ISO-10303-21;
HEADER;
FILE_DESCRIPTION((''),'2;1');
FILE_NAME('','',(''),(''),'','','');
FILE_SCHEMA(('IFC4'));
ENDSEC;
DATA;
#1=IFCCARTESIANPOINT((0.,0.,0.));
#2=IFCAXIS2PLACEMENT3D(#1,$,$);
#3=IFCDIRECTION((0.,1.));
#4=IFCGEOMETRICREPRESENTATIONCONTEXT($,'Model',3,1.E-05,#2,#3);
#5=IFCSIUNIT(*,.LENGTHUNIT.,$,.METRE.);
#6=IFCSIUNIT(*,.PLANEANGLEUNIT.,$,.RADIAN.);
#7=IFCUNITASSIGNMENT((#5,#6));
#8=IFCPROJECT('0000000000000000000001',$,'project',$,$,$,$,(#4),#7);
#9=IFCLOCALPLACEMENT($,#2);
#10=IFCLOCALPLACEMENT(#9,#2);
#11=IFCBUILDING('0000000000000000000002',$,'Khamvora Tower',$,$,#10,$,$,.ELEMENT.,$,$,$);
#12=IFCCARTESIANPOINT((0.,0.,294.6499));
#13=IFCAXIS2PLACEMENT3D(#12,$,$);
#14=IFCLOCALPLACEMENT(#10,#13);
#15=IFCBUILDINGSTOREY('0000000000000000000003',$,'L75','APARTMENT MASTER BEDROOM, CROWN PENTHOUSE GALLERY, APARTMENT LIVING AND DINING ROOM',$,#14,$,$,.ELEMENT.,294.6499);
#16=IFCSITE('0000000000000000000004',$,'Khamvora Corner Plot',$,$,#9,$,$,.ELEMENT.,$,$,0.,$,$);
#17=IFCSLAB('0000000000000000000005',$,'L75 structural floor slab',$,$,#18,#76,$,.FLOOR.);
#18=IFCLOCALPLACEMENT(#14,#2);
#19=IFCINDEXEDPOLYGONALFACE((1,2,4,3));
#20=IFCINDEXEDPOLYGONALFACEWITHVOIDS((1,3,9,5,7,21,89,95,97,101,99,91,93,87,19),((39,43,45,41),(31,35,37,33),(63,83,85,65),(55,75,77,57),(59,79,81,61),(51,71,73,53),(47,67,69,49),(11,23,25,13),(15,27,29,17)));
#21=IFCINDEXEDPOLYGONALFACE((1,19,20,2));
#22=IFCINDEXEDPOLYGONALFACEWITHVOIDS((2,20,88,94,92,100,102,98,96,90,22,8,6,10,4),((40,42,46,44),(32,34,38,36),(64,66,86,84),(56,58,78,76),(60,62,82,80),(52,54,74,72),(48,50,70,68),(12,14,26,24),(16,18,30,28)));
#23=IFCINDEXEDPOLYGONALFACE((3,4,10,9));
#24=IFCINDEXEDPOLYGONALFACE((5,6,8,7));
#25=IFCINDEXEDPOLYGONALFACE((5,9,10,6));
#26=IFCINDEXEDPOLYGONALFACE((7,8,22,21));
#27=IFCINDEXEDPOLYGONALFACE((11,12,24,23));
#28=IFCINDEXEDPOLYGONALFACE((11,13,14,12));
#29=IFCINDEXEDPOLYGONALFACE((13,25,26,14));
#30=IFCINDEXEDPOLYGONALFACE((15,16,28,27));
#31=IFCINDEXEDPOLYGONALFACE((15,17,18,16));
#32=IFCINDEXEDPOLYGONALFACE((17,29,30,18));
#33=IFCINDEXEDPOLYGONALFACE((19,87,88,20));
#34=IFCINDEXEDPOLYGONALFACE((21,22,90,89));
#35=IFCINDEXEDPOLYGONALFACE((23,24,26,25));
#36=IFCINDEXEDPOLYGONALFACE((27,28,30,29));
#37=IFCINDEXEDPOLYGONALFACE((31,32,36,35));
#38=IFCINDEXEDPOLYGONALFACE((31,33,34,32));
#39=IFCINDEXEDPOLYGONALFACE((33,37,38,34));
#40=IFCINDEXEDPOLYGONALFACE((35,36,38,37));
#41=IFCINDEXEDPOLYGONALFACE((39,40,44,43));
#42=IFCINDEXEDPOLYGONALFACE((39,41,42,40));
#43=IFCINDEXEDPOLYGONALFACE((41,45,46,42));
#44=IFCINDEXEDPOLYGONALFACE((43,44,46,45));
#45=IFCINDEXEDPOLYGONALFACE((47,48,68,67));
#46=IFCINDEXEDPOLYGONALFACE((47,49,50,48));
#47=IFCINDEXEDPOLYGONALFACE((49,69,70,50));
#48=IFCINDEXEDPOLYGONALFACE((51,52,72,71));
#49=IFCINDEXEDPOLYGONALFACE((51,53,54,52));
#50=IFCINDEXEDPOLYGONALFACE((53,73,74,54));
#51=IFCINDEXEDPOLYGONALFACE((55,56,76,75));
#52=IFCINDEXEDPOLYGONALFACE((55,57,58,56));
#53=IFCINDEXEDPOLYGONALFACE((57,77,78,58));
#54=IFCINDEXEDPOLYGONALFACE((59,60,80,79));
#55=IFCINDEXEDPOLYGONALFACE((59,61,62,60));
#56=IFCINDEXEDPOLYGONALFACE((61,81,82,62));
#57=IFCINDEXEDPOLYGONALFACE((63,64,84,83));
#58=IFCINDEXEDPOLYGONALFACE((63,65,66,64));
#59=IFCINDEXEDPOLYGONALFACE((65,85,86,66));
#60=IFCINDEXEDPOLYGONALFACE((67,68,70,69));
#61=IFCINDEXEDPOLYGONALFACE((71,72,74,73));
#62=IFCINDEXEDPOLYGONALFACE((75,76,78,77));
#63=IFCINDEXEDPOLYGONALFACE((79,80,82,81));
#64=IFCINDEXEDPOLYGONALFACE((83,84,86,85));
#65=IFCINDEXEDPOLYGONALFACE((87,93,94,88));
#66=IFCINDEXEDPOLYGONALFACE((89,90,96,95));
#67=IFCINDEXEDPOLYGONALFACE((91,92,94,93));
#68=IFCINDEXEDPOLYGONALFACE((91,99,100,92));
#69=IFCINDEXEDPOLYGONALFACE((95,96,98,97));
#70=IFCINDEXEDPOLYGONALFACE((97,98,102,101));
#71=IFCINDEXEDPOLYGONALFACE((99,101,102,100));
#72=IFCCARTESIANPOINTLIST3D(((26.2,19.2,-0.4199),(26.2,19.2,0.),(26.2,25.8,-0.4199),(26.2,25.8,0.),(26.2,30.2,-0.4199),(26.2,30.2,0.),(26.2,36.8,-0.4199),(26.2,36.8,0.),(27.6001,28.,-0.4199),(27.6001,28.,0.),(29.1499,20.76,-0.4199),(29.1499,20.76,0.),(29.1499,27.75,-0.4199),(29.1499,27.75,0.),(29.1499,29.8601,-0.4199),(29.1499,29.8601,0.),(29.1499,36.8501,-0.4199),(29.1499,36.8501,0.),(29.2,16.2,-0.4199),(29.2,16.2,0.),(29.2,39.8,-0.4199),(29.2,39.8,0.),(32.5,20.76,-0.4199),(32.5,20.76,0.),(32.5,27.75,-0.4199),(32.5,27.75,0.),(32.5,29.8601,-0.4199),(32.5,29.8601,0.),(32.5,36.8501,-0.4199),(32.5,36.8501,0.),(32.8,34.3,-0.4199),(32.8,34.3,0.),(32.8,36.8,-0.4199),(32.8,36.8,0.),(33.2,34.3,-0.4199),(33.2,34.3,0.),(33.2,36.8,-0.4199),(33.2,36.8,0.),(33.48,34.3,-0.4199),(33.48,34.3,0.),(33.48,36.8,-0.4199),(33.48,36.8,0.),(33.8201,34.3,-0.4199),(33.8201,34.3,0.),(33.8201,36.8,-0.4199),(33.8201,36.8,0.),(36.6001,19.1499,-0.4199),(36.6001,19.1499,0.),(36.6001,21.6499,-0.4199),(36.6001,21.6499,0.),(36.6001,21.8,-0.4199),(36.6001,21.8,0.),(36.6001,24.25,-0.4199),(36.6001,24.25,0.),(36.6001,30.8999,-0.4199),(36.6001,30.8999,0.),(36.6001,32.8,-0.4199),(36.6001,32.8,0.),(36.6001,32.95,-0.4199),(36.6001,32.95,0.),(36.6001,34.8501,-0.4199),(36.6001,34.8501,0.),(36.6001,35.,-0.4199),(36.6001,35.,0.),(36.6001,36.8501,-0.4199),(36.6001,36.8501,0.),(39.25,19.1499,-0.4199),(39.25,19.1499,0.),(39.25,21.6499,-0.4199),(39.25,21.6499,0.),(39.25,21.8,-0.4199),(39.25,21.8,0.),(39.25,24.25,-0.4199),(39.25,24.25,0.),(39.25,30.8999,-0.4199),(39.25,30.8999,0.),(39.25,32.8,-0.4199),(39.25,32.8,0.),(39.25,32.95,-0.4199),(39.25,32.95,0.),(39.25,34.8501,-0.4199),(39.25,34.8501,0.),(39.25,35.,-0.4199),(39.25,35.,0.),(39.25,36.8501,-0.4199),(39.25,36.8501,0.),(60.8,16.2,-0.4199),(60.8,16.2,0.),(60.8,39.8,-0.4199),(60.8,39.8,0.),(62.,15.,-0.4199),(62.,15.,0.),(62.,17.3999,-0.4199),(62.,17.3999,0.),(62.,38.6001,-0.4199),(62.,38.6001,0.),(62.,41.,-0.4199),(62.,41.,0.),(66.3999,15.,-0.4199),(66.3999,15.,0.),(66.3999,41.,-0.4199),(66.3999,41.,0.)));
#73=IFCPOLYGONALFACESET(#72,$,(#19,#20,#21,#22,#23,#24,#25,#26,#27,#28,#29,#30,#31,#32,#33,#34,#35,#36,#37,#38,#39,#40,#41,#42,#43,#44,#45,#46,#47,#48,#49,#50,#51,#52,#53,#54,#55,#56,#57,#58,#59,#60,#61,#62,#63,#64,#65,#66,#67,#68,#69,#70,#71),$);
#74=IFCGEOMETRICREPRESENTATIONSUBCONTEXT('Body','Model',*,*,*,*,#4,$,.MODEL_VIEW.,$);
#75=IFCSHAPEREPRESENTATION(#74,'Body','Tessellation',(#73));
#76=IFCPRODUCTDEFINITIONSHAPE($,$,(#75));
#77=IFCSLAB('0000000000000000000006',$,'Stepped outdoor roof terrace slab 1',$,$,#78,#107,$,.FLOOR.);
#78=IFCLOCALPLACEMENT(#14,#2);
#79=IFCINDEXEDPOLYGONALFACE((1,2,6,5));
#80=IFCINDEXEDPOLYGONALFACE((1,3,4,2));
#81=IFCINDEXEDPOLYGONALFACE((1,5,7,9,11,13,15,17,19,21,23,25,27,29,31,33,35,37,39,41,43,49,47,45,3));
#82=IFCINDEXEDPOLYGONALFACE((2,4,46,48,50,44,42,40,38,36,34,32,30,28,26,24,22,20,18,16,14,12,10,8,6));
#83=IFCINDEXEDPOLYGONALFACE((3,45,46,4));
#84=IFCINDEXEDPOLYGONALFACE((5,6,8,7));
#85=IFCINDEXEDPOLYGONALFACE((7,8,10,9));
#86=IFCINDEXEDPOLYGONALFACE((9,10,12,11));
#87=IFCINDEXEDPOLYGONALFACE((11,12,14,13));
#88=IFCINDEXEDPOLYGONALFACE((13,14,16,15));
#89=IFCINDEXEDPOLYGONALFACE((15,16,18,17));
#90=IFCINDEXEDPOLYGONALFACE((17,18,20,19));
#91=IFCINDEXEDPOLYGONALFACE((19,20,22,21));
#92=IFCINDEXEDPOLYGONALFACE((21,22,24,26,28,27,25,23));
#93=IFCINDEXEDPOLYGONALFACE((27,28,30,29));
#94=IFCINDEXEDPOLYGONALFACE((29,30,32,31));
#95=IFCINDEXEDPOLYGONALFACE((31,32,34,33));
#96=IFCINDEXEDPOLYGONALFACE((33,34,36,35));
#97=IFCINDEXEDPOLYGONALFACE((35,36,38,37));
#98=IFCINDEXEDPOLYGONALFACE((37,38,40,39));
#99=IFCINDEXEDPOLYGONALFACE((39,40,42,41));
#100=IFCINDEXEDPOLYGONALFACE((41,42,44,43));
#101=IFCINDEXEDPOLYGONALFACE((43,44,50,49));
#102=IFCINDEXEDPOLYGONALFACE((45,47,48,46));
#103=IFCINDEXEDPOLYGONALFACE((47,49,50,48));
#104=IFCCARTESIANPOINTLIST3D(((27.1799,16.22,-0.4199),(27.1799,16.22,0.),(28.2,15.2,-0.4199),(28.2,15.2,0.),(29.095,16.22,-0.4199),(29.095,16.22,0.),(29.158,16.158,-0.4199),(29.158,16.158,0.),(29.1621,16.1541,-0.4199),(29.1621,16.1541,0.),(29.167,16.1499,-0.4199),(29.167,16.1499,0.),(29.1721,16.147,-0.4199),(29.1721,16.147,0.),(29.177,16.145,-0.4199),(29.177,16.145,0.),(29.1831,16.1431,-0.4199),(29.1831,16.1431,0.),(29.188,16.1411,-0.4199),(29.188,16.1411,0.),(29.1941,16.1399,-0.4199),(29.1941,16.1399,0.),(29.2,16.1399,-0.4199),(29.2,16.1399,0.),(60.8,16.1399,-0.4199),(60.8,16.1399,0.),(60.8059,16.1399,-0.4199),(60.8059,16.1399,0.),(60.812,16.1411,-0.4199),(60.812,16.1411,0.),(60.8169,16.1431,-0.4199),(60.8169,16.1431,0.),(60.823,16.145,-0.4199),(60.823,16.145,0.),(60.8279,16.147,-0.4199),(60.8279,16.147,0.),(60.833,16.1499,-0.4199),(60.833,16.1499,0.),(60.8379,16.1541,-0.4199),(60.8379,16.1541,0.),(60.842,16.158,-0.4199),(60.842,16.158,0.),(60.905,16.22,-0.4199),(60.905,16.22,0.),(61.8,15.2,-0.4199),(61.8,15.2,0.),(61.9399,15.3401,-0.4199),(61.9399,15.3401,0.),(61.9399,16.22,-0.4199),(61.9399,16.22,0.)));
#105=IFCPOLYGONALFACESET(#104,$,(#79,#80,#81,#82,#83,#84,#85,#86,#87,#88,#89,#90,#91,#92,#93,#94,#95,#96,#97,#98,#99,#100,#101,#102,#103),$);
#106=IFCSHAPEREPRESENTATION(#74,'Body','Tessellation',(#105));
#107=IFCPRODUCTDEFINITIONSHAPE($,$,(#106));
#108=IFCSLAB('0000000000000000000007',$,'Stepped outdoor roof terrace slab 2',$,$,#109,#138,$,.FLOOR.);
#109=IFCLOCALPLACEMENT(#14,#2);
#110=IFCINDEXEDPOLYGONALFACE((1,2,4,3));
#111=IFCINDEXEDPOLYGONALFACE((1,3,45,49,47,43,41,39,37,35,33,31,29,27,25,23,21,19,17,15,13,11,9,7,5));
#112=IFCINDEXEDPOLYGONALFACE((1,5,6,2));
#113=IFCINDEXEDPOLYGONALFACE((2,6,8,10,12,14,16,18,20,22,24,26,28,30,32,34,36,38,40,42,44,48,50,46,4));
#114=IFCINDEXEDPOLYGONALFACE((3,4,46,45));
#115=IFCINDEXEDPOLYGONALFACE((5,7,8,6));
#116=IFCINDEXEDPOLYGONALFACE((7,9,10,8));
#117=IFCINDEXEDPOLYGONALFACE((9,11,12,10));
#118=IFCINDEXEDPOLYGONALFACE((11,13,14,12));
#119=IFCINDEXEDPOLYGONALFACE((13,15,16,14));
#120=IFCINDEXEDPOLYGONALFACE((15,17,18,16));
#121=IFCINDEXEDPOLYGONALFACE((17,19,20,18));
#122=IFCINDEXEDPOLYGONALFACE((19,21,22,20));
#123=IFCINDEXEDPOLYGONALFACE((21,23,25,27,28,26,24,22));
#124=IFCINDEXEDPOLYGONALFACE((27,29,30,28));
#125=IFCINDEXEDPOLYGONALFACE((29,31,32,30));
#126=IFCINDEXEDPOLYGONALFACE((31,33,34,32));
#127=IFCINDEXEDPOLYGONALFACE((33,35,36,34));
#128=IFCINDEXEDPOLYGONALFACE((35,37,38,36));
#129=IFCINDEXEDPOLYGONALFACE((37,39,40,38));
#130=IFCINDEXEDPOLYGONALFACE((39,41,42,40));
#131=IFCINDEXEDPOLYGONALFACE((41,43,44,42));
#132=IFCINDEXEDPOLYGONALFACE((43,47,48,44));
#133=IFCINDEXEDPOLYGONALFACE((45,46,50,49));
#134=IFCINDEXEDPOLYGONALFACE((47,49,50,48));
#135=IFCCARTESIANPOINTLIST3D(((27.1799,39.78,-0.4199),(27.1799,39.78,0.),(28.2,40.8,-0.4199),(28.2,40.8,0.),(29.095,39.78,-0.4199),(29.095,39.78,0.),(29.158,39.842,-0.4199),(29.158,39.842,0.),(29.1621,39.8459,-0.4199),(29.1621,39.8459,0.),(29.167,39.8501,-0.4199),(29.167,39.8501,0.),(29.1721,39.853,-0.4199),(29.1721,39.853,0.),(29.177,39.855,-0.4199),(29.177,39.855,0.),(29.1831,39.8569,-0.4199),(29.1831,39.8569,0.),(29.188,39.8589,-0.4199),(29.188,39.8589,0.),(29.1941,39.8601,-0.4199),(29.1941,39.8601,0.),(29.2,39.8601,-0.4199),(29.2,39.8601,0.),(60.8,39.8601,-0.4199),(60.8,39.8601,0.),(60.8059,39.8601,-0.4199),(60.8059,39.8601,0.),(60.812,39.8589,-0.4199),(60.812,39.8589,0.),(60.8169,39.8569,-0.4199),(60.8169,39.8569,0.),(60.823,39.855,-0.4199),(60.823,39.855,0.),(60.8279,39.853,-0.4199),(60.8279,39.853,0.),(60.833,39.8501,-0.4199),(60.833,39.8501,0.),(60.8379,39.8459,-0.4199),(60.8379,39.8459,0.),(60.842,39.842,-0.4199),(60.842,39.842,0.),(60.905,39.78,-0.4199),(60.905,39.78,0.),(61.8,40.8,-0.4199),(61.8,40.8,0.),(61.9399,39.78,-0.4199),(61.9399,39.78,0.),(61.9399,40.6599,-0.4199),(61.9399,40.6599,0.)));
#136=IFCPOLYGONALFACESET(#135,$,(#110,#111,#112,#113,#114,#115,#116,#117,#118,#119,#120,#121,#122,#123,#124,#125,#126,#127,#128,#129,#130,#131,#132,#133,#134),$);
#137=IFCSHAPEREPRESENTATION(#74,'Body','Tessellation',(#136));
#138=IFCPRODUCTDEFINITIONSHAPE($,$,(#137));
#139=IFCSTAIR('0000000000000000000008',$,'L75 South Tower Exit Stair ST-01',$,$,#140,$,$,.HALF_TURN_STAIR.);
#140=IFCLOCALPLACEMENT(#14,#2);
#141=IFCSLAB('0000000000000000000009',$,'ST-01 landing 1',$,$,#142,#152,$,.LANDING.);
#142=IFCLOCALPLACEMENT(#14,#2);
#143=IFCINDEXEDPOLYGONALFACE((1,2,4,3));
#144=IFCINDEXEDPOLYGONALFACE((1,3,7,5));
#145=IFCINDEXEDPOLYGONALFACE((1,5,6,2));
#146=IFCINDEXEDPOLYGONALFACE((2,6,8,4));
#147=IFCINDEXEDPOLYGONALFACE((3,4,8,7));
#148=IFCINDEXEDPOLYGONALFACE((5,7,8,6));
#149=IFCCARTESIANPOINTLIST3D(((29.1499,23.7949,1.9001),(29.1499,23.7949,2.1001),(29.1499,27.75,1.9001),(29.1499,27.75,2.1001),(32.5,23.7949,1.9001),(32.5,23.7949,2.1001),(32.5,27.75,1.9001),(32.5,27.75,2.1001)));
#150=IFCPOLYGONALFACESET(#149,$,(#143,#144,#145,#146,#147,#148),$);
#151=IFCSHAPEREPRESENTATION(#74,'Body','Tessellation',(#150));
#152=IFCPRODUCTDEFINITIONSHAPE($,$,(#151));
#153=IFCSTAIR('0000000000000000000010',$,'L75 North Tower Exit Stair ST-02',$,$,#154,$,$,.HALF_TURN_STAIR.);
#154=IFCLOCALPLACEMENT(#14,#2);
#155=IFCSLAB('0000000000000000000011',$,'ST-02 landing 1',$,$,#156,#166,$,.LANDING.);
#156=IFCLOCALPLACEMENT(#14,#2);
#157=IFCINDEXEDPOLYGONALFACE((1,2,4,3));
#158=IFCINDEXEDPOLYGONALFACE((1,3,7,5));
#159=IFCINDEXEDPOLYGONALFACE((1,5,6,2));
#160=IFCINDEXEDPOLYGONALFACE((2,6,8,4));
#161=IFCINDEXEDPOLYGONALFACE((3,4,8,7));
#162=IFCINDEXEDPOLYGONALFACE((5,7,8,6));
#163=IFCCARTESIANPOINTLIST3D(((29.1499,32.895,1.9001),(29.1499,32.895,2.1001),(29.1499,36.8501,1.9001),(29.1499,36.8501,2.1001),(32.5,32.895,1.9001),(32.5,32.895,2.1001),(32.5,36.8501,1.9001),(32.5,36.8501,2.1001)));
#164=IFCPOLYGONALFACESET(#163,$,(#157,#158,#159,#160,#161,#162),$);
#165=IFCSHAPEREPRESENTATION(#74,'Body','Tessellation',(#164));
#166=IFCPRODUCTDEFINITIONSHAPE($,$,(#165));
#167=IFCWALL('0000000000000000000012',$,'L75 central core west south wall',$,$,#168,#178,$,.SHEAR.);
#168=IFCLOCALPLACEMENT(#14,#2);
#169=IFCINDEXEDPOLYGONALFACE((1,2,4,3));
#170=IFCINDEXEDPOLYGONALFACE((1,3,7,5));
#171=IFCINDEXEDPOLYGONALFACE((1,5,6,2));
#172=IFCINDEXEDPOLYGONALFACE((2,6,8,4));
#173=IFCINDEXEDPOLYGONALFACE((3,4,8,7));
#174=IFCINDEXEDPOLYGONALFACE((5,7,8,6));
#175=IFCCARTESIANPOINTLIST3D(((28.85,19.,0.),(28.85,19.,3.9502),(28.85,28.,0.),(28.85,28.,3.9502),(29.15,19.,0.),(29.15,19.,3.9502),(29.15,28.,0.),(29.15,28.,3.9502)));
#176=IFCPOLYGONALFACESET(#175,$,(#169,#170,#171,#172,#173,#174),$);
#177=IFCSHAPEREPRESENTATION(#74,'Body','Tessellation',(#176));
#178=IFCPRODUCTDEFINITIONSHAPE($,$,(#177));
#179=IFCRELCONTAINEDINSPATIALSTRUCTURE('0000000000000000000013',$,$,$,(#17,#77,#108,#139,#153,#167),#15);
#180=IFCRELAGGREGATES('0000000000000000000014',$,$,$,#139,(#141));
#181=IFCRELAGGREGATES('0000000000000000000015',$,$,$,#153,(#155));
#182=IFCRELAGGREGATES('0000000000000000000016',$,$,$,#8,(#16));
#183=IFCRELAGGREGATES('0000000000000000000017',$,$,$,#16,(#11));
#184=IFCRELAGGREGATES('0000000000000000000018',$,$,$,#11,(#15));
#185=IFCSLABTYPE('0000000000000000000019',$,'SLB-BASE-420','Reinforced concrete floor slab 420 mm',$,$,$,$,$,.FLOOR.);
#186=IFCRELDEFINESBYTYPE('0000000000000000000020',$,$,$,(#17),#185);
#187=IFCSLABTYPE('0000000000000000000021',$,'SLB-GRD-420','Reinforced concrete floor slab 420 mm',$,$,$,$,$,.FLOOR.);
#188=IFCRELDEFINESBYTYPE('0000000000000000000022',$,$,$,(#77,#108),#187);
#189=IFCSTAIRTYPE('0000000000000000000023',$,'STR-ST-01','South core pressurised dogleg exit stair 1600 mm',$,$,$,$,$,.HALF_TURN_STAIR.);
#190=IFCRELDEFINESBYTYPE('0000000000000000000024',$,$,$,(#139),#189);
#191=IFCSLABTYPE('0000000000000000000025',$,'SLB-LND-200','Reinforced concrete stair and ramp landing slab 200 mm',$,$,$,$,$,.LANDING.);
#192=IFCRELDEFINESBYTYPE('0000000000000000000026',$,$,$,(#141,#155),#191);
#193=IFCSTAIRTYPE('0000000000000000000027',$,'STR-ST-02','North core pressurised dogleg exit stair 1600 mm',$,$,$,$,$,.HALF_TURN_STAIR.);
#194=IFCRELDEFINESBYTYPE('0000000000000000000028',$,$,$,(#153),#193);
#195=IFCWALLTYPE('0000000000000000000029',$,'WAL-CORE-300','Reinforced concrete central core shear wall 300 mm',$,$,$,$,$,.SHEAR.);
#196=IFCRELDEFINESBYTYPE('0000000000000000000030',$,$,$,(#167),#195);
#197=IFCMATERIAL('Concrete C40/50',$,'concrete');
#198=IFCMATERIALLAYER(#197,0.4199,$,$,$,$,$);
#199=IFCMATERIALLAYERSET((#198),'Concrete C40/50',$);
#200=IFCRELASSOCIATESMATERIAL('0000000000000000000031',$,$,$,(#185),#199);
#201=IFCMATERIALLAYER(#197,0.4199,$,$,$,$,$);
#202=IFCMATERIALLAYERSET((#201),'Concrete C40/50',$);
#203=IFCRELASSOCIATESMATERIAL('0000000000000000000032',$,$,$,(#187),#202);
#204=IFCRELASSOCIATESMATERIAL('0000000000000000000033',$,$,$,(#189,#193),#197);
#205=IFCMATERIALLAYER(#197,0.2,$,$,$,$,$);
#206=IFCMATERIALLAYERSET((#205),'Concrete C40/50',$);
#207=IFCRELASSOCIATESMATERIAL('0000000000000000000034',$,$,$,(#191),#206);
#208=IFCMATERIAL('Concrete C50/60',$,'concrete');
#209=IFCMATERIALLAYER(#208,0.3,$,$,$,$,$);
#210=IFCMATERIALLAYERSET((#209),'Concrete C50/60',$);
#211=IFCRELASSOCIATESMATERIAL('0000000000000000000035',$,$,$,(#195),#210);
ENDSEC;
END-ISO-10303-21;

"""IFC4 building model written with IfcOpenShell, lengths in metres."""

from ifc_helpers import new_model, si_unit, direction, frame, frame_2d, origin, place, context, subcontext, project, spatial, polyline, rectangle, outline, extrude, material, layer, layer_set, type_object, element, aggregate, save


model = new_model("IFC4")

# Units and contexts
model_context = context("Model", 3, precision=1e-05, world=origin(), true_north=direction((0.0, 1.0)))
body_context = subcontext(model_context, "Body", "Model", "MODEL_VIEW")
ifc_project = project(units=[si_unit("LENGTHUNIT", "METRE"), si_unit("PLANEANGLEUNIT", "RADIAN")], contexts=[model_context])

# Site, building, storey
site_placement = place(None, origin())
site = spatial("IfcSite", under=ifc_project, at=site_placement, Name="Khamvora Corner Plot", CompositionType="ELEMENT", RefElevation=0.0)
building_placement = place(site_placement, origin())
building = spatial("IfcBuilding", under=site, at=building_placement, Name="Khamvora Tower", CompositionType="ELEMENT")
storey_placement = place(building_placement, frame((0.0, 0.0, 294.6499)))
storey = spatial("IfcBuildingStorey", under=building, at=storey_placement, Name="L75", Description="APARTMENT MASTER BEDROOM, CROWN PENTHOUSE GALLERY, APARTMENT LIVING AND DINING ROOM", CompositionType="ELEMENT", Elevation=294.6499)

# Slabs
ifc_material_1 = material(Name="Concrete C40/50", Category="concrete")
ifc_layer_1 = layer(ifc_material_1, 0.4199)
ifc_layer_set_1 = layer_set([ifc_layer_1], Name="Concrete C40/50")
slab_type_1 = type_object("IfcSlabType", Name="SLB-BASE-420", Description="Reinforced concrete floor slab 420 mm", PredefinedType="FLOOR", material=ifc_layer_set_1)
slab_1_placement = place(storey_placement, frame((0.0, 0.0, -0.4199)))
element("IfcSlab", 1, at=slab_1_placement, inside=storey, type_object=slab_type_1, Name="L75 structural floor slab", PredefinedType="FLOOR", context=body_context, shape_type="SweptSolid", body=[
    extrude(outline(polyline([(60.8, 16.2), (29.2, 16.2), (26.2, 19.2), (26.2, 25.8), (27.6001, 28.0), (26.2, 30.2), (26.2, 36.8), (29.2, 39.8), (60.8, 39.8), (62.0, 38.6001), (62.0, 41.0), (66.3999, 41.0), (66.3999, 15.0), (62.0, 15.0), (62.0, 17.3999), (60.8, 16.2)]), holes=[polyline([(32.5, 20.76), (32.5, 27.75), (29.1499, 27.75), (29.1499, 20.76), (32.5, 20.76)]), polyline([(32.5, 29.8601), (32.5, 36.8501), (29.1499, 36.8501), (29.1499, 29.8601), (32.5, 29.8601)]), polyline([(36.6001, 19.1499), (39.25, 19.1499), (39.25, 21.6499), (36.6001, 21.6499), (36.6001, 19.1499)]), polyline([(36.6001, 21.8), (39.25, 21.8), (39.25, 24.25), (36.6001, 24.25), (36.6001, 21.8)]), polyline([(36.6001, 30.8999), (39.25, 30.8999), (39.25, 32.8), (36.6001, 32.8), (36.6001, 30.8999)]), polyline([(36.6001, 32.95), (39.25, 32.95), (39.25, 34.8501), (36.6001, 34.8501), (36.6001, 32.95)]), polyline([(36.6001, 35.0), (39.25, 35.0), (39.25, 36.8501), (36.6001, 36.8501), (36.6001, 35.0)]), polyline([(32.8, 34.3), (33.2, 34.3), (33.2, 36.8), (32.8, 36.8), (32.8, 34.3)]), polyline([(33.48, 34.3), (33.8201, 34.3), (33.8201, 36.8), (33.48, 36.8), (33.48, 34.3)])]), origin(), (0.0, 0.0, 1.0), 0.4199),
])
ifc_layer_2 = layer(ifc_material_1, 0.4199)
ifc_layer_set_2 = layer_set([ifc_layer_2], Name="Concrete C40/50")
slab_type_2 = type_object("IfcSlabType", Name="SLB-GRD-420", Description="Reinforced concrete floor slab 420 mm", PredefinedType="FLOOR", material=ifc_layer_set_2)
slab_2_placement = place(storey_placement, frame((0.0, 0.0, -0.4199)))
element("IfcSlab", 2, at=slab_2_placement, inside=storey, type_object=slab_type_2, Name="Stepped outdoor roof terrace slab 1", PredefinedType="FLOOR", context=body_context, shape_type="SweptSolid", body=[
    extrude(outline(polyline([(28.2, 15.2), (27.1799, 16.22), (29.095, 16.22), (29.158, 16.158), (29.1621, 16.1541), (29.167, 16.1499), (29.1721, 16.147), (29.177, 16.145), (29.1831, 16.1431), (29.188, 16.1411), (29.1941, 16.1399), (29.2, 16.1399), (60.8, 16.1399), (60.8059, 16.1399), (60.812, 16.1411), (60.8169, 16.1431), (60.823, 16.145), (60.8279, 16.147), (60.833, 16.1499), (60.8379, 16.1541), (60.842, 16.158), (60.905, 16.22), (61.9399, 16.22), (61.9399, 15.3401), (61.8, 15.2), (28.2, 15.2)])), origin(), (0.0, 0.0, 1.0), 0.4199),
])
slab_3_placement = place(storey_placement, frame((0.0, 0.0, -0.4199)))
element("IfcSlab", 3, at=slab_3_placement, inside=storey, type_object=slab_type_2, Name="Stepped outdoor roof terrace slab 2", PredefinedType="FLOOR", context=body_context, shape_type="SweptSolid", body=[
    extrude(outline(polyline([(28.2, 40.8), (61.8, 40.8), (61.9399, 40.6599), (61.9399, 39.78), (60.905, 39.78), (60.842, 39.842), (60.8379, 39.8459), (60.833, 39.8501), (60.8279, 39.853), (60.823, 39.855), (60.8169, 39.8569), (60.812, 39.8589), (60.8059, 39.8601), (60.8, 39.8601), (29.2, 39.8601), (29.1941, 39.8601), (29.188, 39.8589), (29.1831, 39.8569), (29.177, 39.855), (29.1721, 39.853), (29.167, 39.8501), (29.1621, 39.8459), (29.158, 39.842), (29.095, 39.78), (27.1799, 39.78), (28.2, 40.8)])), origin(), (0.0, 0.0, 1.0), 0.4199),
])

# Stairs, slabs
stair_type_1 = type_object("IfcStairType", Name="STR-ST-01", Description="South core pressurised dogleg exit stair 1600 mm", PredefinedType="HALF_TURN_STAIR", material=ifc_material_1)
stair_1_placement = place(storey_placement, origin())
stair_1 = element("IfcStair", 4, at=stair_1_placement, inside=storey, type_object=stair_type_1, Name="L75 South Tower Exit Stair ST-01", PredefinedType="HALF_TURN_STAIR")
ifc_layer_3 = layer(ifc_material_1, 0.2)
ifc_layer_set_3 = layer_set([ifc_layer_3], Name="Concrete C40/50")
slab_type_3 = type_object("IfcSlabType", Name="SLB-LND-200", Description="Reinforced concrete stair and ramp landing slab 200 mm", PredefinedType="LANDING", material=ifc_layer_set_3)
slab_4_placement = place(storey_placement, frame((0.0, 0.0, 1.9001)))
slab_4 = element("IfcSlab", 5, at=slab_4_placement, type_object=slab_type_3, Name="ST-01 landing 1", PredefinedType="LANDING", context=body_context, shape_type="SweptSolid", body=[
    extrude(outline(polyline([(32.5, 23.7949), (32.5, 27.75), (29.1499, 27.75), (29.1499, 23.7949), (32.5, 23.7949)])), origin(), (0.0, 0.0, 1.0), 0.2),
])
aggregate(stair_1, [slab_4])
stair_type_2 = type_object("IfcStairType", Name="STR-ST-02", Description="North core pressurised dogleg exit stair 1600 mm", PredefinedType="HALF_TURN_STAIR", material=ifc_material_1)
stair_2_placement = place(storey_placement, origin())
stair_2 = element("IfcStair", 6, at=stair_2_placement, inside=storey, type_object=stair_type_2, Name="L75 North Tower Exit Stair ST-02", PredefinedType="HALF_TURN_STAIR")
slab_5_placement = place(storey_placement, frame((0.0, 0.0, 1.9001)))
slab_5 = element("IfcSlab", 7, at=slab_5_placement, type_object=slab_type_3, Name="ST-02 landing 1", PredefinedType="LANDING", context=body_context, shape_type="SweptSolid", body=[
    extrude(outline(polyline([(32.5, 32.895), (32.5, 36.8501), (29.1499, 36.8501), (29.1499, 32.895), (32.5, 32.895)])), origin(), (0.0, 0.0, 1.0), 0.2),
])
aggregate(stair_2, [slab_5])

# Wall
ifc_material_2 = material(Name="Concrete C50/60", Category="concrete")
ifc_layer_4 = layer(ifc_material_2, 0.3)
ifc_layer_set_4 = layer_set([ifc_layer_4], Name="Concrete C50/60")
wall_type_1 = type_object("IfcWallType", Name="WAL-CORE-300", Description="Reinforced concrete central core shear wall 300 mm", PredefinedType="SHEAR", material=ifc_layer_set_4)
wall_1_placement = place(storey_placement, frame((29.0, 19.0, 0.0), z_axis=(0.0, 0.0, 1.0), x_axis=(0.0, 1.0, 0.0)))
element("IfcWall", 8, at=wall_1_placement, inside=storey, type_object=wall_type_1, Name="L75 central core west south wall", PredefinedType="SHEAR", context=body_context, shape_type="SweptSolid", body=[
    extrude(rectangle(XDim=9.0, YDim=0.3, at=frame_2d((4.5, 0.0))), origin(), (0.0, 0.0, 1.0), 3.9502),
])

save(model, "model.ifc")
